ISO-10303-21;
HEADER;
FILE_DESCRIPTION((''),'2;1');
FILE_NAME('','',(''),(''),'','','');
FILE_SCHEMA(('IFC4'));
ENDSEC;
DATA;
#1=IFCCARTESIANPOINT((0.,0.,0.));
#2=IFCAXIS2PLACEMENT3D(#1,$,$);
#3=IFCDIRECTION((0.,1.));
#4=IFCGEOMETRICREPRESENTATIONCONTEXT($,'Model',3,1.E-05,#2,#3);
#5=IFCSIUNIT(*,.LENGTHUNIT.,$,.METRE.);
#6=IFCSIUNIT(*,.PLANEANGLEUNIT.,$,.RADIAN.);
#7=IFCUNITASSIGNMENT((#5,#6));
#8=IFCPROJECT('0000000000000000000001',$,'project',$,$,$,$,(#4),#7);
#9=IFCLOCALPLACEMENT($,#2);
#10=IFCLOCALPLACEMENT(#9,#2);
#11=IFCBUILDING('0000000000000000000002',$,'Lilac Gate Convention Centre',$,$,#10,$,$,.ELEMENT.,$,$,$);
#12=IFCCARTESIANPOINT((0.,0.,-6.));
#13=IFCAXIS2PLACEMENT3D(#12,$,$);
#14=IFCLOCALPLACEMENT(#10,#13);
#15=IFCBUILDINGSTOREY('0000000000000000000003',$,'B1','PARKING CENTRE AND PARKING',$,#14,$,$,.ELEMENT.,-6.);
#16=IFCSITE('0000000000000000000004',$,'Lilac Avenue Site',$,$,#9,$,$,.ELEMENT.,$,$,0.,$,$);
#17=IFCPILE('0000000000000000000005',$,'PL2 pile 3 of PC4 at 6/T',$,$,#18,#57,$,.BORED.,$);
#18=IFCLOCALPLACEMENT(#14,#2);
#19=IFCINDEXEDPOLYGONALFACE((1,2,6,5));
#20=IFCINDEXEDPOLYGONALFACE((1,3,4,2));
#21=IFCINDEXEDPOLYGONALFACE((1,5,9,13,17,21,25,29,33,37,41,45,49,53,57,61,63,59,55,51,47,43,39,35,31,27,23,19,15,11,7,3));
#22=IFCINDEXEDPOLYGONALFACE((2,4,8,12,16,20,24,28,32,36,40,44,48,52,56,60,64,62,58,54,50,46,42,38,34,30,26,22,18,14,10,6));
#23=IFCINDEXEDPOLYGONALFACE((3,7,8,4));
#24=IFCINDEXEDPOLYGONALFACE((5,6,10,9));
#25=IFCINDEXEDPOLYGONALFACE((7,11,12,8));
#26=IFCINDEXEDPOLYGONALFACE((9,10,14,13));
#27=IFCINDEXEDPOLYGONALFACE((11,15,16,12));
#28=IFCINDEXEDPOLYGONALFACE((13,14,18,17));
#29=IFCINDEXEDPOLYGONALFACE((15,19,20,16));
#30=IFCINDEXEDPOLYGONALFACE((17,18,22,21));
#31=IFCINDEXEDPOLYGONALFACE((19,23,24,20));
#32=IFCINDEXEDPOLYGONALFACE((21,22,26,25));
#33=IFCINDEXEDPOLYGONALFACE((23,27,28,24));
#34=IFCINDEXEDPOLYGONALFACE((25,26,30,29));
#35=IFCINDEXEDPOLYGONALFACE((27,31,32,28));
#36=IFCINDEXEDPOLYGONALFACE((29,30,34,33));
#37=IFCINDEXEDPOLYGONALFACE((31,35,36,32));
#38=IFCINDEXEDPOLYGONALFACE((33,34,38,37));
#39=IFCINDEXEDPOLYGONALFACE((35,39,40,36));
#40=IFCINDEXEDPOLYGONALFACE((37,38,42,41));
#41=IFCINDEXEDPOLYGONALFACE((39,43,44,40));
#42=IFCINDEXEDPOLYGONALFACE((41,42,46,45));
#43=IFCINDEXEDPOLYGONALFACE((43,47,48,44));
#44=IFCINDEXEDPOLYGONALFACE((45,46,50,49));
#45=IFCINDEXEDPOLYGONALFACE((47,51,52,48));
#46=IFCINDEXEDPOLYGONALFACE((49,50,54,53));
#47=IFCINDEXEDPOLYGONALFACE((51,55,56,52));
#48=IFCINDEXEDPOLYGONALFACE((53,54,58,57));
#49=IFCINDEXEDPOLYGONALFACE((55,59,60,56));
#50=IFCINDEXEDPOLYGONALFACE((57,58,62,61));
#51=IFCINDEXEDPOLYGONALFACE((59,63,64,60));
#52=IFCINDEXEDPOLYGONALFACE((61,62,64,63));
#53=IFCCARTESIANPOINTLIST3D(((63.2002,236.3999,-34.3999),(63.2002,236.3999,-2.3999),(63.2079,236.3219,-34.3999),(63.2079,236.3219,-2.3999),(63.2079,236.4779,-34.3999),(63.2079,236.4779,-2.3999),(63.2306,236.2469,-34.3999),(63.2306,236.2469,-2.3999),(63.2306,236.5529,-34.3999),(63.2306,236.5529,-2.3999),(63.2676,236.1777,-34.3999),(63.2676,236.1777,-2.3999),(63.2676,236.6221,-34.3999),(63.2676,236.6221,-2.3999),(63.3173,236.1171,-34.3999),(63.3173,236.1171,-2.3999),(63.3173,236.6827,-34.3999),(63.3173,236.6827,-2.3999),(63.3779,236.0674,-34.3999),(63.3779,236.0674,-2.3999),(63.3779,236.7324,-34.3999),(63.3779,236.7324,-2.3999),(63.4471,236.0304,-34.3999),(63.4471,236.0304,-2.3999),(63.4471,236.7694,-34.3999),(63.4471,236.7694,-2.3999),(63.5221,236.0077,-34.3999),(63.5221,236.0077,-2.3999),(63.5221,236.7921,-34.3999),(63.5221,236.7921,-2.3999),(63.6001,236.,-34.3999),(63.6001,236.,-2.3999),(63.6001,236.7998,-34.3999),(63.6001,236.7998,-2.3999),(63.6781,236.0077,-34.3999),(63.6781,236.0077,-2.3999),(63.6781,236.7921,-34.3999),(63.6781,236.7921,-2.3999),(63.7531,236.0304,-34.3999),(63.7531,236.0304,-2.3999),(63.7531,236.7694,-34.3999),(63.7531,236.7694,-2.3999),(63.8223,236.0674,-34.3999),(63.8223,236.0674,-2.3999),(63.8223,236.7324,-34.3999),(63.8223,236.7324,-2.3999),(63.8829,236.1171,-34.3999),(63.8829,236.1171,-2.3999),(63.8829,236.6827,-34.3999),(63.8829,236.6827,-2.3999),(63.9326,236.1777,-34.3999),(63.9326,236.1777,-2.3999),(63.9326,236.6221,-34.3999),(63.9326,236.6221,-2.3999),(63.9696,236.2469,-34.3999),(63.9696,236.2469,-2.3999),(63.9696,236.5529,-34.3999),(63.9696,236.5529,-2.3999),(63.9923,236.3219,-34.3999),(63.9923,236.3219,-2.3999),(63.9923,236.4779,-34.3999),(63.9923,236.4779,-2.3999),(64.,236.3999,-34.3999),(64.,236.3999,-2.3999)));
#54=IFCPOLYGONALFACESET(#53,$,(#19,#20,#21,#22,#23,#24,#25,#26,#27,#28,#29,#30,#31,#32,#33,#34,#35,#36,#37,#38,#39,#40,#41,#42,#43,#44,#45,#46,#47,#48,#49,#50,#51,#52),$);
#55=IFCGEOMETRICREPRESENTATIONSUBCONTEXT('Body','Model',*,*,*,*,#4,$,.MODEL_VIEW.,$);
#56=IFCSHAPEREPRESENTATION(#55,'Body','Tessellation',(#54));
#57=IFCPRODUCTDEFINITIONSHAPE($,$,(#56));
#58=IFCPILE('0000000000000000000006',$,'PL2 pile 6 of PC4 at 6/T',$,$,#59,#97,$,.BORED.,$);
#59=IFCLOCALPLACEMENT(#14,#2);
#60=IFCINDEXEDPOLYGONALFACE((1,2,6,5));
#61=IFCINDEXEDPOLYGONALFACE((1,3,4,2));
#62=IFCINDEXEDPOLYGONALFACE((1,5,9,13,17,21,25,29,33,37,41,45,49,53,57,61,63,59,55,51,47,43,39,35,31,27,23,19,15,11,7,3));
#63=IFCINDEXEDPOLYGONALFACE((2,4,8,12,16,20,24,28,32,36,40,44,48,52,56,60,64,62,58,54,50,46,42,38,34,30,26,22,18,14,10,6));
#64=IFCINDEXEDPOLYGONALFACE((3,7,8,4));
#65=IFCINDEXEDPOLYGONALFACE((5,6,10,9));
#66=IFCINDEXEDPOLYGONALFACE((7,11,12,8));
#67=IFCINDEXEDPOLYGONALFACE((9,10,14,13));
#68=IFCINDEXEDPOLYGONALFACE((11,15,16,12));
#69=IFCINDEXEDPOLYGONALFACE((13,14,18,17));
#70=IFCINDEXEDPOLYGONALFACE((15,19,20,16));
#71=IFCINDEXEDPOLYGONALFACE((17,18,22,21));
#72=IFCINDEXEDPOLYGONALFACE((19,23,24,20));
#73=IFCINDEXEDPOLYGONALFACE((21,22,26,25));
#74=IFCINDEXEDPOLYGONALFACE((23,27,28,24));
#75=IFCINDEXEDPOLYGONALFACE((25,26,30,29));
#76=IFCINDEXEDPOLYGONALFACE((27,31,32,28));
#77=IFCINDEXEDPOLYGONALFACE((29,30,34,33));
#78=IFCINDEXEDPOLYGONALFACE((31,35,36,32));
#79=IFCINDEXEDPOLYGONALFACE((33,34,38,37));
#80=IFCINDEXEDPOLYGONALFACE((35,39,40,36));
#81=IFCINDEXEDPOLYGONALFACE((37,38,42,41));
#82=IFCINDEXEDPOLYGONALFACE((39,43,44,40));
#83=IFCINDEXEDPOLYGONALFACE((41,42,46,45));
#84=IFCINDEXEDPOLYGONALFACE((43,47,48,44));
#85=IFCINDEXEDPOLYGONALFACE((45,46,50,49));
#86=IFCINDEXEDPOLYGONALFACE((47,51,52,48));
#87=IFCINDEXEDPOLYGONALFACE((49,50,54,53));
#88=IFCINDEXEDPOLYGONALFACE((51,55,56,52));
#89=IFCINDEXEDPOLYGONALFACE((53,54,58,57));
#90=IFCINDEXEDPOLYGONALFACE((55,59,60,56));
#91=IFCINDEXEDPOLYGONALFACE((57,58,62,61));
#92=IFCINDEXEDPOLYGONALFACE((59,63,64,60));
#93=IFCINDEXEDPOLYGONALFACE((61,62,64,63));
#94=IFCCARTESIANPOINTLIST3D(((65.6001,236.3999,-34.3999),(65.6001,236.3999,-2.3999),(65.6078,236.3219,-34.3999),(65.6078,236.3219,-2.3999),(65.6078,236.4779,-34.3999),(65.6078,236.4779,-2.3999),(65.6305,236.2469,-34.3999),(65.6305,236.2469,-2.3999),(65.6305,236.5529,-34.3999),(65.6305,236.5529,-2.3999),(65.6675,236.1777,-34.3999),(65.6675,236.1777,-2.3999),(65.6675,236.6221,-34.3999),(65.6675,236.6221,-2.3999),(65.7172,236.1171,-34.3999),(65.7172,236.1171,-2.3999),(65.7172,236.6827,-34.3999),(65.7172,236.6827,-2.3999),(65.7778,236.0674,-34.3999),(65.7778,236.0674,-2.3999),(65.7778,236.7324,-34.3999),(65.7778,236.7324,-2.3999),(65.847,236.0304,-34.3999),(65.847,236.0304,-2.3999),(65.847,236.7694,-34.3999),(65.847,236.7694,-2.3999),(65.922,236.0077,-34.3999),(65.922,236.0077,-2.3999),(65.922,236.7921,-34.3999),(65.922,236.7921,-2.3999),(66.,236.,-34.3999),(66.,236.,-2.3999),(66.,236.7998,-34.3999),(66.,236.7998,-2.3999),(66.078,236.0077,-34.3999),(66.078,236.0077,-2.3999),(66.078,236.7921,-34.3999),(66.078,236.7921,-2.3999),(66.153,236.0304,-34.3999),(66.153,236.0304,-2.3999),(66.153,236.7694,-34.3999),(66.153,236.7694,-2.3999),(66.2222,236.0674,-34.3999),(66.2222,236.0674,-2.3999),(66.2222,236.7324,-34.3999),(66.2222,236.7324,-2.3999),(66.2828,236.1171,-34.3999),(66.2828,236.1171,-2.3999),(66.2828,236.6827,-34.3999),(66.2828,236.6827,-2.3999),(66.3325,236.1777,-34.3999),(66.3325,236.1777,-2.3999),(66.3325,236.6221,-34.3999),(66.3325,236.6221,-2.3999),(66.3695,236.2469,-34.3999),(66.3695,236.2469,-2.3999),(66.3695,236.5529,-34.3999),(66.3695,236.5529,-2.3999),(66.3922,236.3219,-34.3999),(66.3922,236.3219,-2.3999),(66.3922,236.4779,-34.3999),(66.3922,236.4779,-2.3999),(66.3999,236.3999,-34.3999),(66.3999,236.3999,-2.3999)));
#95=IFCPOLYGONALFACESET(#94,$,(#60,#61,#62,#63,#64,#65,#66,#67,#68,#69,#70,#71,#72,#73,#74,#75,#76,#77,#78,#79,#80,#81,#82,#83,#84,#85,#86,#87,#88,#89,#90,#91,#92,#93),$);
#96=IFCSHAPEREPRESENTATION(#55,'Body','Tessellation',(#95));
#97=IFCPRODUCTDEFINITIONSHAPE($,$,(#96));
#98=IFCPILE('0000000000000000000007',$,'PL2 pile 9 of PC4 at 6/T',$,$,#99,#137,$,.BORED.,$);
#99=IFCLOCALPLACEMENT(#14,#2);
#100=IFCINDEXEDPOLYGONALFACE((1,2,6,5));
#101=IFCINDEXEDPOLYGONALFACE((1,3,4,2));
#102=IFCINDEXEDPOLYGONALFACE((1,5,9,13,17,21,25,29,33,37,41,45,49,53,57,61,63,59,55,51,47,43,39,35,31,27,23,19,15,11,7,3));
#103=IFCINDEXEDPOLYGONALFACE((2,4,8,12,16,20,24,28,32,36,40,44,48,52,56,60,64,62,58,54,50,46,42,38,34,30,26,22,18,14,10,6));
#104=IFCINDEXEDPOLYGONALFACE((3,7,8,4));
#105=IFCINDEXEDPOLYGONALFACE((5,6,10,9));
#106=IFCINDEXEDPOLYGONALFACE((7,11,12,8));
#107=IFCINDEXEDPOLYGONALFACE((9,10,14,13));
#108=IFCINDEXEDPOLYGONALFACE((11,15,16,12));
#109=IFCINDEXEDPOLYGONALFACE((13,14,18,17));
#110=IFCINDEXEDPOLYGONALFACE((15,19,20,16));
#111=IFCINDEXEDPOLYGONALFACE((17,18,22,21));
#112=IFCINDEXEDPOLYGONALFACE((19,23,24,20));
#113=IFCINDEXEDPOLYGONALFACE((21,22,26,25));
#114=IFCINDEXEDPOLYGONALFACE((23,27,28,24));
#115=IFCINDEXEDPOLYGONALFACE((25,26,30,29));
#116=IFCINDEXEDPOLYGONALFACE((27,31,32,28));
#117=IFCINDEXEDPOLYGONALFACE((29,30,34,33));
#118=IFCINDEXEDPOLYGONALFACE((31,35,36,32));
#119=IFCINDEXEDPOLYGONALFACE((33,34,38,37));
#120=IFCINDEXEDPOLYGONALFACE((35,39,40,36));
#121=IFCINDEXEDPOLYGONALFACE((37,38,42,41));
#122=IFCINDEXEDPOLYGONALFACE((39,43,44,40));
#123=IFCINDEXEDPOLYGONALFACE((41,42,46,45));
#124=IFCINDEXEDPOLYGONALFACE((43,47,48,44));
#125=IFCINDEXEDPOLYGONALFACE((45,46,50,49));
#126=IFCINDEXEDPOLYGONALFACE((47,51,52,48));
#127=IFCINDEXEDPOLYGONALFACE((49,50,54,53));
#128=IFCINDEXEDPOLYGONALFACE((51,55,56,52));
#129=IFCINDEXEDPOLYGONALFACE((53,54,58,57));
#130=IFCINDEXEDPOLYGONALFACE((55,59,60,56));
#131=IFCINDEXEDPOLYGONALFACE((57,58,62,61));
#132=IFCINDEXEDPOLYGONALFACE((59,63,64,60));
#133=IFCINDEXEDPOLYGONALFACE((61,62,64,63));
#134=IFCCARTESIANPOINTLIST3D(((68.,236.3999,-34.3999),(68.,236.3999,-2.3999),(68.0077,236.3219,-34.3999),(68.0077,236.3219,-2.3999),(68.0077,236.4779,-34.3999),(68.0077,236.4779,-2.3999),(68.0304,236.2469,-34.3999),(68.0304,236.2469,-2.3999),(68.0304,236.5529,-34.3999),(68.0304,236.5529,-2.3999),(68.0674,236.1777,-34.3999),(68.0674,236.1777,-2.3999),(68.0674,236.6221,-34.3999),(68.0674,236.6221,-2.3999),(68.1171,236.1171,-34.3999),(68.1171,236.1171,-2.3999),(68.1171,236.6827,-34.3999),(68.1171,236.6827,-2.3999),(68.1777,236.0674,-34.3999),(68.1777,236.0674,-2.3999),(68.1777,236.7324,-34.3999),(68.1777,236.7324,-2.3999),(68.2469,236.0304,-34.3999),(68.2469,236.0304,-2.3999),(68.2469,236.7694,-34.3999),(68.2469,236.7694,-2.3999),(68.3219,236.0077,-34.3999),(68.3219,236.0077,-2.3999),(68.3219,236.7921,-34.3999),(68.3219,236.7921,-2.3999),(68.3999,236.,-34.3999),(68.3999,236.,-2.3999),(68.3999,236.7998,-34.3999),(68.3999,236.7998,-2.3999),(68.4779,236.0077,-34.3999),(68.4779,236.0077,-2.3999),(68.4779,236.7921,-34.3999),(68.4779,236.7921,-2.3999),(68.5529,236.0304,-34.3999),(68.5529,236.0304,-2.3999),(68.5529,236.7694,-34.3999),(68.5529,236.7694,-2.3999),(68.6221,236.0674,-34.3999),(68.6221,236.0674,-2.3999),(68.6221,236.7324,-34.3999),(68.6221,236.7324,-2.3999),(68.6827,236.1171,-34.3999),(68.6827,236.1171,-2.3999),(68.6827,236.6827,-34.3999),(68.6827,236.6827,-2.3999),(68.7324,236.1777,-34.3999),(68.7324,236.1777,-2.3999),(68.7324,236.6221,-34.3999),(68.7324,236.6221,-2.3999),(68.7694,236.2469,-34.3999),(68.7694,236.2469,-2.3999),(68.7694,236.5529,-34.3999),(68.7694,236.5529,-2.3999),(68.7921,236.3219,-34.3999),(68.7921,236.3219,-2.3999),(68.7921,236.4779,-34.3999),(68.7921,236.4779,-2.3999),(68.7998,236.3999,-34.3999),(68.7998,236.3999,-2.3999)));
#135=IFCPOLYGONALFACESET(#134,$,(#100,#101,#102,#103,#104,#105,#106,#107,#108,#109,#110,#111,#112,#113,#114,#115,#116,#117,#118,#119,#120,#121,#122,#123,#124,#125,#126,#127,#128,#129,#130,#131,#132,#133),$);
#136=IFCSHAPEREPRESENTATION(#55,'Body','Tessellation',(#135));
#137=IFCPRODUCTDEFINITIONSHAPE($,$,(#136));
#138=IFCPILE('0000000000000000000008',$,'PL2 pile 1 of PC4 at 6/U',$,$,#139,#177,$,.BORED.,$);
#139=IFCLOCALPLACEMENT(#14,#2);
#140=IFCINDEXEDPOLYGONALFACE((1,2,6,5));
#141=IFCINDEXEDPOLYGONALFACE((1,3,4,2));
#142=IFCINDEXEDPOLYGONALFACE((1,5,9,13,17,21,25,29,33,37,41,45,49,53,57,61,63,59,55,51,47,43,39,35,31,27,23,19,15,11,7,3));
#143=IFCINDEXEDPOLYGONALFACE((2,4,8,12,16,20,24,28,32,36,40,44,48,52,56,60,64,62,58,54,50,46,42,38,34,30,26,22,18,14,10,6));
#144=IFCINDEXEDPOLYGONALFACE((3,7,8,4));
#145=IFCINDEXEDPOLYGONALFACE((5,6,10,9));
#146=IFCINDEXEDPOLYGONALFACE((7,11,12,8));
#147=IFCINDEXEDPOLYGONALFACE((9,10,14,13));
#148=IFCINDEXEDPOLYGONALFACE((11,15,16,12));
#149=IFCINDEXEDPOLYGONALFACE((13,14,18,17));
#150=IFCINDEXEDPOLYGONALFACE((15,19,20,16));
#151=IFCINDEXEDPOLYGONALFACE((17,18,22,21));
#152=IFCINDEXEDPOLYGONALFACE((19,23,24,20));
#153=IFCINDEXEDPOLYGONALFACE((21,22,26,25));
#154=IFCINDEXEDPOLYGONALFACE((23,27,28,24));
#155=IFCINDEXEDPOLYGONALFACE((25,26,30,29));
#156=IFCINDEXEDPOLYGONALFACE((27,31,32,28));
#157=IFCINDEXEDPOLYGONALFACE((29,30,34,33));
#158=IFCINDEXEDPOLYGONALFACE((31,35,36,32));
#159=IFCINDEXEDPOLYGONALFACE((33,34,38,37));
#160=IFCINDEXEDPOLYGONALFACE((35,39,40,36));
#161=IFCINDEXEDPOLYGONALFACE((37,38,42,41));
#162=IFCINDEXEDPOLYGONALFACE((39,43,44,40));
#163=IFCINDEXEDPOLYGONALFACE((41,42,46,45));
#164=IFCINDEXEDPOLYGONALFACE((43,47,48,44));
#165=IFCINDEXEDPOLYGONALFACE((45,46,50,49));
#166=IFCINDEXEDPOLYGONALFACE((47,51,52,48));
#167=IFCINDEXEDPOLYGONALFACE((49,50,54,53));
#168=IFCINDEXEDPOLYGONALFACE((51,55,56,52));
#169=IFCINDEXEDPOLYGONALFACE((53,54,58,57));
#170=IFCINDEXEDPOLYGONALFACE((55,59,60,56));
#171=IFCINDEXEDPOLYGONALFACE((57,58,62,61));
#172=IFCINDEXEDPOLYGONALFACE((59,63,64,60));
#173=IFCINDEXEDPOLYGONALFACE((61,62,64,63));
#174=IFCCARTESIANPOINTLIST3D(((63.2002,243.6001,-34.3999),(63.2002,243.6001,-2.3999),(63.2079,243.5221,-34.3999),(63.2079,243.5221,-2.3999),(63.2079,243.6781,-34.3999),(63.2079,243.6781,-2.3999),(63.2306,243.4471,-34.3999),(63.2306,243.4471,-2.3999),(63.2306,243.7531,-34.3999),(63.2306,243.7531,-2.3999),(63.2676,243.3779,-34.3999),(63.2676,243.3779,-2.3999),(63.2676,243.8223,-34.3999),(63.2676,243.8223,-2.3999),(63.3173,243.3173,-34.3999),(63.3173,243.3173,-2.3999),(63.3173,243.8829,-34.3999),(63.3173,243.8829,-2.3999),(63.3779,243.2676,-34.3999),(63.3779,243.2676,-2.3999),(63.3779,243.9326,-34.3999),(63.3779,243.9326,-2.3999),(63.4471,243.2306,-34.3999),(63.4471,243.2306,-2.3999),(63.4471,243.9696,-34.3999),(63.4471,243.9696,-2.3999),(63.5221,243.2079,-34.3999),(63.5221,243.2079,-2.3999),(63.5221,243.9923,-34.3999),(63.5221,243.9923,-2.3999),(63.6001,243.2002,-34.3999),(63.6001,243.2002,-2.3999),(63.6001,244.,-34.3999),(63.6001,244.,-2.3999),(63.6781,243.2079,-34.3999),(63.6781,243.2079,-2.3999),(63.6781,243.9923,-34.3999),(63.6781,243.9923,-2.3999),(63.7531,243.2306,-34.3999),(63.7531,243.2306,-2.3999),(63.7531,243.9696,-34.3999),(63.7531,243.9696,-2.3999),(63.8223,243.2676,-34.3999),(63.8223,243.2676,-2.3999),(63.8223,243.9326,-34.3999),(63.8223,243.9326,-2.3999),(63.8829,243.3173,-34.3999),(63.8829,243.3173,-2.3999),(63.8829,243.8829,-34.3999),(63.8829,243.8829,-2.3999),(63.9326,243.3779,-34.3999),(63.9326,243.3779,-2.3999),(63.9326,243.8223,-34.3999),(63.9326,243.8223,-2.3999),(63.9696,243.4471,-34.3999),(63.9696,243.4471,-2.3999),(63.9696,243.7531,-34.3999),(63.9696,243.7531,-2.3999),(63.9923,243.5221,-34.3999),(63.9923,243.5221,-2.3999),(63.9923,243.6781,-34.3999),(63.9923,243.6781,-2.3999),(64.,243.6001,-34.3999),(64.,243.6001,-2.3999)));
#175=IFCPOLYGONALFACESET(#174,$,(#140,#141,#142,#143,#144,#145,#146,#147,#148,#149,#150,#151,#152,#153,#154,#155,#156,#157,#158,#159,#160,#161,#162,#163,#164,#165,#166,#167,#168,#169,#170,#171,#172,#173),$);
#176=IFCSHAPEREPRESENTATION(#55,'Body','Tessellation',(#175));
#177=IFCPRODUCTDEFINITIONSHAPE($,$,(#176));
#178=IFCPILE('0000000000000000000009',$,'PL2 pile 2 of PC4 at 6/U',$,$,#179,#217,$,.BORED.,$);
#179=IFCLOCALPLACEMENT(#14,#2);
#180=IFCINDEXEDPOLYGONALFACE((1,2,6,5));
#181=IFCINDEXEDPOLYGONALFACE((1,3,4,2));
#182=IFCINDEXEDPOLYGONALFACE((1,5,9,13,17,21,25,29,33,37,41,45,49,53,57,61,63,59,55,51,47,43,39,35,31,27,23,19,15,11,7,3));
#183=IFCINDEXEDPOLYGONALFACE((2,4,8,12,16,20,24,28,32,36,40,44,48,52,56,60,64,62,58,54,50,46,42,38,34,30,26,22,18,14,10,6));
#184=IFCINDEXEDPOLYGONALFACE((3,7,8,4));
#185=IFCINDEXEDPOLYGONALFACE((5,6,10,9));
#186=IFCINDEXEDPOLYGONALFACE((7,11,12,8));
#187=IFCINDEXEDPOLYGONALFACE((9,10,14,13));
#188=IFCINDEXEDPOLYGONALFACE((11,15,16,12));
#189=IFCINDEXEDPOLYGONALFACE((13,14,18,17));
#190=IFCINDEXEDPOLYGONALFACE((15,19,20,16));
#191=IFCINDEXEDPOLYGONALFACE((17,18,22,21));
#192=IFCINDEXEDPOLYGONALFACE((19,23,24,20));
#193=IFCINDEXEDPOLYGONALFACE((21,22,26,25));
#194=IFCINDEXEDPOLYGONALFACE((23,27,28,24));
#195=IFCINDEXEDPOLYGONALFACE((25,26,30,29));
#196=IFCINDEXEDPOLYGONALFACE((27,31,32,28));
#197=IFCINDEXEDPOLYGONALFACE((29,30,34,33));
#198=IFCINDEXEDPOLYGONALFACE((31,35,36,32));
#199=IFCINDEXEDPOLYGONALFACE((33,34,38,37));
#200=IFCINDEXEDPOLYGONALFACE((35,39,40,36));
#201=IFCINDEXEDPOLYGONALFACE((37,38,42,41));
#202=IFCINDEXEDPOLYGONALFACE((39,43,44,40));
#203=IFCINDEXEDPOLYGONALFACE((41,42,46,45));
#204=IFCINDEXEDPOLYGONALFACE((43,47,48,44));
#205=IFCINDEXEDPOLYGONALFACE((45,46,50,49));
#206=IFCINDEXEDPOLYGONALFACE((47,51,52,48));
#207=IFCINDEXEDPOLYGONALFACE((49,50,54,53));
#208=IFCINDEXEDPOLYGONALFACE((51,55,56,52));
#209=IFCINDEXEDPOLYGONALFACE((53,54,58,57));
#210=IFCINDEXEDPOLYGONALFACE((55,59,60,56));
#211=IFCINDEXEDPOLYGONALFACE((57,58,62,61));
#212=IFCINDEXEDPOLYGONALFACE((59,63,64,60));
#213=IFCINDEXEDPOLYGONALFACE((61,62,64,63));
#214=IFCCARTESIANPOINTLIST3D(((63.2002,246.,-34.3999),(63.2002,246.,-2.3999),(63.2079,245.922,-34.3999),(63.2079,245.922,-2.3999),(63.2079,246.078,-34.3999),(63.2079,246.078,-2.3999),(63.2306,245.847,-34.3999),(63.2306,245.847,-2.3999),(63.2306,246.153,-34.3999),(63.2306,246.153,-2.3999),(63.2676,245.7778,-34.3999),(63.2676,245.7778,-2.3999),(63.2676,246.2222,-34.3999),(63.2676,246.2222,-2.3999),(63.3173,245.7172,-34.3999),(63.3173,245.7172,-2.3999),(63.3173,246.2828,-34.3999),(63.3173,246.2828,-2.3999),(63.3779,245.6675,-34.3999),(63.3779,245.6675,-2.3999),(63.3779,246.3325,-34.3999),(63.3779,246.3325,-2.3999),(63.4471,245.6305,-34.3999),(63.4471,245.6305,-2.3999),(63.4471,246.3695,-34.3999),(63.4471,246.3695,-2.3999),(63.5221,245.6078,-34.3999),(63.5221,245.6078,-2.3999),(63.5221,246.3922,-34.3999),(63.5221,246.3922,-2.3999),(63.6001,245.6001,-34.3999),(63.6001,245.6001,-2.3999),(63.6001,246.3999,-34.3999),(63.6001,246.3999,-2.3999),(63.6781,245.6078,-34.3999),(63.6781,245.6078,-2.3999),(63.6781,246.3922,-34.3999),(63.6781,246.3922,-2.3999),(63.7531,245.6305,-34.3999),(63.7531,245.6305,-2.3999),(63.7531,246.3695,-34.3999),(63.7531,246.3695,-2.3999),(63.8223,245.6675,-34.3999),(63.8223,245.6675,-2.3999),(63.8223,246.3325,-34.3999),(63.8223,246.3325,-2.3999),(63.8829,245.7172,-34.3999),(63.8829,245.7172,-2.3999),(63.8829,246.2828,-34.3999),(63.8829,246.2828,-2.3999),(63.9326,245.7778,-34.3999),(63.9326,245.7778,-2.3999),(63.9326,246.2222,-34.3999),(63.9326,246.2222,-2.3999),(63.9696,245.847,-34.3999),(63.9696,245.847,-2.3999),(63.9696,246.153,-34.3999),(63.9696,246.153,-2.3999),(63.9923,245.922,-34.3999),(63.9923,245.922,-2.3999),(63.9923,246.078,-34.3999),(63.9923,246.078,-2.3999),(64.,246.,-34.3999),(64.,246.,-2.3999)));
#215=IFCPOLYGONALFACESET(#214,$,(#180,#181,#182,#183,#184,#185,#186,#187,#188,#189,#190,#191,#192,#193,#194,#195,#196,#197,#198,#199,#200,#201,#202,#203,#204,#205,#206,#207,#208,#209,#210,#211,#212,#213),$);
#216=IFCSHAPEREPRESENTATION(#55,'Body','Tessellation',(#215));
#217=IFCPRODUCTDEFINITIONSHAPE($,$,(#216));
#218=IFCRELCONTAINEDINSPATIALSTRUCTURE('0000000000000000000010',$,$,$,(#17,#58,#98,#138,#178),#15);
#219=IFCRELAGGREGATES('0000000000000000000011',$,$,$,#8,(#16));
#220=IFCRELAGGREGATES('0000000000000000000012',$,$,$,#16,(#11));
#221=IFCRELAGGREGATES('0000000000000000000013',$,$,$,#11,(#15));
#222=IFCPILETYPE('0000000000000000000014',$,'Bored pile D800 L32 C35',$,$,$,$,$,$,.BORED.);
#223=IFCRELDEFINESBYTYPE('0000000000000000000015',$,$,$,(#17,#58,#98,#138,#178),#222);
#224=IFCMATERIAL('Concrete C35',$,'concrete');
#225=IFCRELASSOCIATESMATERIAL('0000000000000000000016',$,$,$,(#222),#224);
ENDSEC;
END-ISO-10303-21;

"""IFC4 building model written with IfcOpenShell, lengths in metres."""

from ifc_helpers import new_model, si_unit, direction, frame, origin, origin_2d, place, context, subcontext, project, spatial, circle, extrude, material, material_profile, profile_set, type_object, element, save


model = new_model("IFC4")

# Units and contexts
model_context = context("Model", 3, precision=1e-05, world=origin(), true_north=direction((0.0, 1.0)))
body_context = subcontext(model_context, "Body", "Model", "MODEL_VIEW")
ifc_project = project(units=[si_unit("LENGTHUNIT", "METRE"), si_unit("PLANEANGLEUNIT", "RADIAN")], contexts=[model_context])

# Site, building, storey
site_placement = place(None, origin())
site = spatial("IfcSite", under=ifc_project, at=site_placement, Name="Lilac Avenue Site", CompositionType="ELEMENT", RefElevation=0.0)
building_placement = place(site_placement, origin())
building = spatial("IfcBuilding", under=site, at=building_placement, Name="Lilac Gate Convention Centre", CompositionType="ELEMENT")
storey_placement = place(building_placement, frame((0.0, 0.0, -6.0)))
storey = spatial("IfcBuildingStorey", under=building, at=storey_placement, Name="B1", Description="PARKING CENTRE AND PARKING", CompositionType="ELEMENT", Elevation=-6.0)

# Piles
ifc_material_1 = material(Name="Concrete C35", Category="concrete")
ifc_material_profile_1 = material_profile(ifc_material_1, circle(Radius=0.3999, at=origin_2d()), Name="D800")
ifc_profile_set_1 = profile_set([ifc_material_profile_1], Name="Concrete C35")
pile_type = type_object("IfcPileType", Name="Bored pile D800 L32 C35", PredefinedType="BORED", material=ifc_profile_set_1)
for number, where, z_axis, x_axis, name in (
    (1, (63.6001, 236.3999, -2.3999), (0.0, 0.0, -1.0), (1.0, 0.0, 0.0), "PL2 pile 3 of PC4 at 6/T"),
    (2, (66.0, 236.3999, -2.3999), (0.0, 0.0, -1.0), (1.0, 0.0, 0.0), "PL2 pile 6 of PC4 at 6/T"),
    (3, (68.3999, 236.3999, -2.3999), (0.0, 0.0, -1.0), (1.0, 0.0, 0.0), "PL2 pile 9 of PC4 at 6/T"),
    (4, (63.6001, 243.6001, -2.3999), (0.0, 0.0, -1.0), (1.0, 0.0, 0.0), "PL2 pile 1 of PC4 at 6/U"),
    (5, (63.6001, 246.0, -2.3999), (0.0, 0.0, -1.0), (1.0, 0.0, 0.0), "PL2 pile 2 of PC4 at 6/U"),
):
    element("IfcPile", number, at=place(storey_placement, frame(where, z_axis=z_axis, x_axis=x_axis)), inside=storey, type_object=pile_type, Name=name, PredefinedType="BORED", context=body_context, shape_type="SweptSolid", body=[
        extrude(circle(Radius=0.3999, at=origin_2d()), origin(), (0.0, 0.0, 1.0), 32.0),
    ])

save(model, "model.ifc")
